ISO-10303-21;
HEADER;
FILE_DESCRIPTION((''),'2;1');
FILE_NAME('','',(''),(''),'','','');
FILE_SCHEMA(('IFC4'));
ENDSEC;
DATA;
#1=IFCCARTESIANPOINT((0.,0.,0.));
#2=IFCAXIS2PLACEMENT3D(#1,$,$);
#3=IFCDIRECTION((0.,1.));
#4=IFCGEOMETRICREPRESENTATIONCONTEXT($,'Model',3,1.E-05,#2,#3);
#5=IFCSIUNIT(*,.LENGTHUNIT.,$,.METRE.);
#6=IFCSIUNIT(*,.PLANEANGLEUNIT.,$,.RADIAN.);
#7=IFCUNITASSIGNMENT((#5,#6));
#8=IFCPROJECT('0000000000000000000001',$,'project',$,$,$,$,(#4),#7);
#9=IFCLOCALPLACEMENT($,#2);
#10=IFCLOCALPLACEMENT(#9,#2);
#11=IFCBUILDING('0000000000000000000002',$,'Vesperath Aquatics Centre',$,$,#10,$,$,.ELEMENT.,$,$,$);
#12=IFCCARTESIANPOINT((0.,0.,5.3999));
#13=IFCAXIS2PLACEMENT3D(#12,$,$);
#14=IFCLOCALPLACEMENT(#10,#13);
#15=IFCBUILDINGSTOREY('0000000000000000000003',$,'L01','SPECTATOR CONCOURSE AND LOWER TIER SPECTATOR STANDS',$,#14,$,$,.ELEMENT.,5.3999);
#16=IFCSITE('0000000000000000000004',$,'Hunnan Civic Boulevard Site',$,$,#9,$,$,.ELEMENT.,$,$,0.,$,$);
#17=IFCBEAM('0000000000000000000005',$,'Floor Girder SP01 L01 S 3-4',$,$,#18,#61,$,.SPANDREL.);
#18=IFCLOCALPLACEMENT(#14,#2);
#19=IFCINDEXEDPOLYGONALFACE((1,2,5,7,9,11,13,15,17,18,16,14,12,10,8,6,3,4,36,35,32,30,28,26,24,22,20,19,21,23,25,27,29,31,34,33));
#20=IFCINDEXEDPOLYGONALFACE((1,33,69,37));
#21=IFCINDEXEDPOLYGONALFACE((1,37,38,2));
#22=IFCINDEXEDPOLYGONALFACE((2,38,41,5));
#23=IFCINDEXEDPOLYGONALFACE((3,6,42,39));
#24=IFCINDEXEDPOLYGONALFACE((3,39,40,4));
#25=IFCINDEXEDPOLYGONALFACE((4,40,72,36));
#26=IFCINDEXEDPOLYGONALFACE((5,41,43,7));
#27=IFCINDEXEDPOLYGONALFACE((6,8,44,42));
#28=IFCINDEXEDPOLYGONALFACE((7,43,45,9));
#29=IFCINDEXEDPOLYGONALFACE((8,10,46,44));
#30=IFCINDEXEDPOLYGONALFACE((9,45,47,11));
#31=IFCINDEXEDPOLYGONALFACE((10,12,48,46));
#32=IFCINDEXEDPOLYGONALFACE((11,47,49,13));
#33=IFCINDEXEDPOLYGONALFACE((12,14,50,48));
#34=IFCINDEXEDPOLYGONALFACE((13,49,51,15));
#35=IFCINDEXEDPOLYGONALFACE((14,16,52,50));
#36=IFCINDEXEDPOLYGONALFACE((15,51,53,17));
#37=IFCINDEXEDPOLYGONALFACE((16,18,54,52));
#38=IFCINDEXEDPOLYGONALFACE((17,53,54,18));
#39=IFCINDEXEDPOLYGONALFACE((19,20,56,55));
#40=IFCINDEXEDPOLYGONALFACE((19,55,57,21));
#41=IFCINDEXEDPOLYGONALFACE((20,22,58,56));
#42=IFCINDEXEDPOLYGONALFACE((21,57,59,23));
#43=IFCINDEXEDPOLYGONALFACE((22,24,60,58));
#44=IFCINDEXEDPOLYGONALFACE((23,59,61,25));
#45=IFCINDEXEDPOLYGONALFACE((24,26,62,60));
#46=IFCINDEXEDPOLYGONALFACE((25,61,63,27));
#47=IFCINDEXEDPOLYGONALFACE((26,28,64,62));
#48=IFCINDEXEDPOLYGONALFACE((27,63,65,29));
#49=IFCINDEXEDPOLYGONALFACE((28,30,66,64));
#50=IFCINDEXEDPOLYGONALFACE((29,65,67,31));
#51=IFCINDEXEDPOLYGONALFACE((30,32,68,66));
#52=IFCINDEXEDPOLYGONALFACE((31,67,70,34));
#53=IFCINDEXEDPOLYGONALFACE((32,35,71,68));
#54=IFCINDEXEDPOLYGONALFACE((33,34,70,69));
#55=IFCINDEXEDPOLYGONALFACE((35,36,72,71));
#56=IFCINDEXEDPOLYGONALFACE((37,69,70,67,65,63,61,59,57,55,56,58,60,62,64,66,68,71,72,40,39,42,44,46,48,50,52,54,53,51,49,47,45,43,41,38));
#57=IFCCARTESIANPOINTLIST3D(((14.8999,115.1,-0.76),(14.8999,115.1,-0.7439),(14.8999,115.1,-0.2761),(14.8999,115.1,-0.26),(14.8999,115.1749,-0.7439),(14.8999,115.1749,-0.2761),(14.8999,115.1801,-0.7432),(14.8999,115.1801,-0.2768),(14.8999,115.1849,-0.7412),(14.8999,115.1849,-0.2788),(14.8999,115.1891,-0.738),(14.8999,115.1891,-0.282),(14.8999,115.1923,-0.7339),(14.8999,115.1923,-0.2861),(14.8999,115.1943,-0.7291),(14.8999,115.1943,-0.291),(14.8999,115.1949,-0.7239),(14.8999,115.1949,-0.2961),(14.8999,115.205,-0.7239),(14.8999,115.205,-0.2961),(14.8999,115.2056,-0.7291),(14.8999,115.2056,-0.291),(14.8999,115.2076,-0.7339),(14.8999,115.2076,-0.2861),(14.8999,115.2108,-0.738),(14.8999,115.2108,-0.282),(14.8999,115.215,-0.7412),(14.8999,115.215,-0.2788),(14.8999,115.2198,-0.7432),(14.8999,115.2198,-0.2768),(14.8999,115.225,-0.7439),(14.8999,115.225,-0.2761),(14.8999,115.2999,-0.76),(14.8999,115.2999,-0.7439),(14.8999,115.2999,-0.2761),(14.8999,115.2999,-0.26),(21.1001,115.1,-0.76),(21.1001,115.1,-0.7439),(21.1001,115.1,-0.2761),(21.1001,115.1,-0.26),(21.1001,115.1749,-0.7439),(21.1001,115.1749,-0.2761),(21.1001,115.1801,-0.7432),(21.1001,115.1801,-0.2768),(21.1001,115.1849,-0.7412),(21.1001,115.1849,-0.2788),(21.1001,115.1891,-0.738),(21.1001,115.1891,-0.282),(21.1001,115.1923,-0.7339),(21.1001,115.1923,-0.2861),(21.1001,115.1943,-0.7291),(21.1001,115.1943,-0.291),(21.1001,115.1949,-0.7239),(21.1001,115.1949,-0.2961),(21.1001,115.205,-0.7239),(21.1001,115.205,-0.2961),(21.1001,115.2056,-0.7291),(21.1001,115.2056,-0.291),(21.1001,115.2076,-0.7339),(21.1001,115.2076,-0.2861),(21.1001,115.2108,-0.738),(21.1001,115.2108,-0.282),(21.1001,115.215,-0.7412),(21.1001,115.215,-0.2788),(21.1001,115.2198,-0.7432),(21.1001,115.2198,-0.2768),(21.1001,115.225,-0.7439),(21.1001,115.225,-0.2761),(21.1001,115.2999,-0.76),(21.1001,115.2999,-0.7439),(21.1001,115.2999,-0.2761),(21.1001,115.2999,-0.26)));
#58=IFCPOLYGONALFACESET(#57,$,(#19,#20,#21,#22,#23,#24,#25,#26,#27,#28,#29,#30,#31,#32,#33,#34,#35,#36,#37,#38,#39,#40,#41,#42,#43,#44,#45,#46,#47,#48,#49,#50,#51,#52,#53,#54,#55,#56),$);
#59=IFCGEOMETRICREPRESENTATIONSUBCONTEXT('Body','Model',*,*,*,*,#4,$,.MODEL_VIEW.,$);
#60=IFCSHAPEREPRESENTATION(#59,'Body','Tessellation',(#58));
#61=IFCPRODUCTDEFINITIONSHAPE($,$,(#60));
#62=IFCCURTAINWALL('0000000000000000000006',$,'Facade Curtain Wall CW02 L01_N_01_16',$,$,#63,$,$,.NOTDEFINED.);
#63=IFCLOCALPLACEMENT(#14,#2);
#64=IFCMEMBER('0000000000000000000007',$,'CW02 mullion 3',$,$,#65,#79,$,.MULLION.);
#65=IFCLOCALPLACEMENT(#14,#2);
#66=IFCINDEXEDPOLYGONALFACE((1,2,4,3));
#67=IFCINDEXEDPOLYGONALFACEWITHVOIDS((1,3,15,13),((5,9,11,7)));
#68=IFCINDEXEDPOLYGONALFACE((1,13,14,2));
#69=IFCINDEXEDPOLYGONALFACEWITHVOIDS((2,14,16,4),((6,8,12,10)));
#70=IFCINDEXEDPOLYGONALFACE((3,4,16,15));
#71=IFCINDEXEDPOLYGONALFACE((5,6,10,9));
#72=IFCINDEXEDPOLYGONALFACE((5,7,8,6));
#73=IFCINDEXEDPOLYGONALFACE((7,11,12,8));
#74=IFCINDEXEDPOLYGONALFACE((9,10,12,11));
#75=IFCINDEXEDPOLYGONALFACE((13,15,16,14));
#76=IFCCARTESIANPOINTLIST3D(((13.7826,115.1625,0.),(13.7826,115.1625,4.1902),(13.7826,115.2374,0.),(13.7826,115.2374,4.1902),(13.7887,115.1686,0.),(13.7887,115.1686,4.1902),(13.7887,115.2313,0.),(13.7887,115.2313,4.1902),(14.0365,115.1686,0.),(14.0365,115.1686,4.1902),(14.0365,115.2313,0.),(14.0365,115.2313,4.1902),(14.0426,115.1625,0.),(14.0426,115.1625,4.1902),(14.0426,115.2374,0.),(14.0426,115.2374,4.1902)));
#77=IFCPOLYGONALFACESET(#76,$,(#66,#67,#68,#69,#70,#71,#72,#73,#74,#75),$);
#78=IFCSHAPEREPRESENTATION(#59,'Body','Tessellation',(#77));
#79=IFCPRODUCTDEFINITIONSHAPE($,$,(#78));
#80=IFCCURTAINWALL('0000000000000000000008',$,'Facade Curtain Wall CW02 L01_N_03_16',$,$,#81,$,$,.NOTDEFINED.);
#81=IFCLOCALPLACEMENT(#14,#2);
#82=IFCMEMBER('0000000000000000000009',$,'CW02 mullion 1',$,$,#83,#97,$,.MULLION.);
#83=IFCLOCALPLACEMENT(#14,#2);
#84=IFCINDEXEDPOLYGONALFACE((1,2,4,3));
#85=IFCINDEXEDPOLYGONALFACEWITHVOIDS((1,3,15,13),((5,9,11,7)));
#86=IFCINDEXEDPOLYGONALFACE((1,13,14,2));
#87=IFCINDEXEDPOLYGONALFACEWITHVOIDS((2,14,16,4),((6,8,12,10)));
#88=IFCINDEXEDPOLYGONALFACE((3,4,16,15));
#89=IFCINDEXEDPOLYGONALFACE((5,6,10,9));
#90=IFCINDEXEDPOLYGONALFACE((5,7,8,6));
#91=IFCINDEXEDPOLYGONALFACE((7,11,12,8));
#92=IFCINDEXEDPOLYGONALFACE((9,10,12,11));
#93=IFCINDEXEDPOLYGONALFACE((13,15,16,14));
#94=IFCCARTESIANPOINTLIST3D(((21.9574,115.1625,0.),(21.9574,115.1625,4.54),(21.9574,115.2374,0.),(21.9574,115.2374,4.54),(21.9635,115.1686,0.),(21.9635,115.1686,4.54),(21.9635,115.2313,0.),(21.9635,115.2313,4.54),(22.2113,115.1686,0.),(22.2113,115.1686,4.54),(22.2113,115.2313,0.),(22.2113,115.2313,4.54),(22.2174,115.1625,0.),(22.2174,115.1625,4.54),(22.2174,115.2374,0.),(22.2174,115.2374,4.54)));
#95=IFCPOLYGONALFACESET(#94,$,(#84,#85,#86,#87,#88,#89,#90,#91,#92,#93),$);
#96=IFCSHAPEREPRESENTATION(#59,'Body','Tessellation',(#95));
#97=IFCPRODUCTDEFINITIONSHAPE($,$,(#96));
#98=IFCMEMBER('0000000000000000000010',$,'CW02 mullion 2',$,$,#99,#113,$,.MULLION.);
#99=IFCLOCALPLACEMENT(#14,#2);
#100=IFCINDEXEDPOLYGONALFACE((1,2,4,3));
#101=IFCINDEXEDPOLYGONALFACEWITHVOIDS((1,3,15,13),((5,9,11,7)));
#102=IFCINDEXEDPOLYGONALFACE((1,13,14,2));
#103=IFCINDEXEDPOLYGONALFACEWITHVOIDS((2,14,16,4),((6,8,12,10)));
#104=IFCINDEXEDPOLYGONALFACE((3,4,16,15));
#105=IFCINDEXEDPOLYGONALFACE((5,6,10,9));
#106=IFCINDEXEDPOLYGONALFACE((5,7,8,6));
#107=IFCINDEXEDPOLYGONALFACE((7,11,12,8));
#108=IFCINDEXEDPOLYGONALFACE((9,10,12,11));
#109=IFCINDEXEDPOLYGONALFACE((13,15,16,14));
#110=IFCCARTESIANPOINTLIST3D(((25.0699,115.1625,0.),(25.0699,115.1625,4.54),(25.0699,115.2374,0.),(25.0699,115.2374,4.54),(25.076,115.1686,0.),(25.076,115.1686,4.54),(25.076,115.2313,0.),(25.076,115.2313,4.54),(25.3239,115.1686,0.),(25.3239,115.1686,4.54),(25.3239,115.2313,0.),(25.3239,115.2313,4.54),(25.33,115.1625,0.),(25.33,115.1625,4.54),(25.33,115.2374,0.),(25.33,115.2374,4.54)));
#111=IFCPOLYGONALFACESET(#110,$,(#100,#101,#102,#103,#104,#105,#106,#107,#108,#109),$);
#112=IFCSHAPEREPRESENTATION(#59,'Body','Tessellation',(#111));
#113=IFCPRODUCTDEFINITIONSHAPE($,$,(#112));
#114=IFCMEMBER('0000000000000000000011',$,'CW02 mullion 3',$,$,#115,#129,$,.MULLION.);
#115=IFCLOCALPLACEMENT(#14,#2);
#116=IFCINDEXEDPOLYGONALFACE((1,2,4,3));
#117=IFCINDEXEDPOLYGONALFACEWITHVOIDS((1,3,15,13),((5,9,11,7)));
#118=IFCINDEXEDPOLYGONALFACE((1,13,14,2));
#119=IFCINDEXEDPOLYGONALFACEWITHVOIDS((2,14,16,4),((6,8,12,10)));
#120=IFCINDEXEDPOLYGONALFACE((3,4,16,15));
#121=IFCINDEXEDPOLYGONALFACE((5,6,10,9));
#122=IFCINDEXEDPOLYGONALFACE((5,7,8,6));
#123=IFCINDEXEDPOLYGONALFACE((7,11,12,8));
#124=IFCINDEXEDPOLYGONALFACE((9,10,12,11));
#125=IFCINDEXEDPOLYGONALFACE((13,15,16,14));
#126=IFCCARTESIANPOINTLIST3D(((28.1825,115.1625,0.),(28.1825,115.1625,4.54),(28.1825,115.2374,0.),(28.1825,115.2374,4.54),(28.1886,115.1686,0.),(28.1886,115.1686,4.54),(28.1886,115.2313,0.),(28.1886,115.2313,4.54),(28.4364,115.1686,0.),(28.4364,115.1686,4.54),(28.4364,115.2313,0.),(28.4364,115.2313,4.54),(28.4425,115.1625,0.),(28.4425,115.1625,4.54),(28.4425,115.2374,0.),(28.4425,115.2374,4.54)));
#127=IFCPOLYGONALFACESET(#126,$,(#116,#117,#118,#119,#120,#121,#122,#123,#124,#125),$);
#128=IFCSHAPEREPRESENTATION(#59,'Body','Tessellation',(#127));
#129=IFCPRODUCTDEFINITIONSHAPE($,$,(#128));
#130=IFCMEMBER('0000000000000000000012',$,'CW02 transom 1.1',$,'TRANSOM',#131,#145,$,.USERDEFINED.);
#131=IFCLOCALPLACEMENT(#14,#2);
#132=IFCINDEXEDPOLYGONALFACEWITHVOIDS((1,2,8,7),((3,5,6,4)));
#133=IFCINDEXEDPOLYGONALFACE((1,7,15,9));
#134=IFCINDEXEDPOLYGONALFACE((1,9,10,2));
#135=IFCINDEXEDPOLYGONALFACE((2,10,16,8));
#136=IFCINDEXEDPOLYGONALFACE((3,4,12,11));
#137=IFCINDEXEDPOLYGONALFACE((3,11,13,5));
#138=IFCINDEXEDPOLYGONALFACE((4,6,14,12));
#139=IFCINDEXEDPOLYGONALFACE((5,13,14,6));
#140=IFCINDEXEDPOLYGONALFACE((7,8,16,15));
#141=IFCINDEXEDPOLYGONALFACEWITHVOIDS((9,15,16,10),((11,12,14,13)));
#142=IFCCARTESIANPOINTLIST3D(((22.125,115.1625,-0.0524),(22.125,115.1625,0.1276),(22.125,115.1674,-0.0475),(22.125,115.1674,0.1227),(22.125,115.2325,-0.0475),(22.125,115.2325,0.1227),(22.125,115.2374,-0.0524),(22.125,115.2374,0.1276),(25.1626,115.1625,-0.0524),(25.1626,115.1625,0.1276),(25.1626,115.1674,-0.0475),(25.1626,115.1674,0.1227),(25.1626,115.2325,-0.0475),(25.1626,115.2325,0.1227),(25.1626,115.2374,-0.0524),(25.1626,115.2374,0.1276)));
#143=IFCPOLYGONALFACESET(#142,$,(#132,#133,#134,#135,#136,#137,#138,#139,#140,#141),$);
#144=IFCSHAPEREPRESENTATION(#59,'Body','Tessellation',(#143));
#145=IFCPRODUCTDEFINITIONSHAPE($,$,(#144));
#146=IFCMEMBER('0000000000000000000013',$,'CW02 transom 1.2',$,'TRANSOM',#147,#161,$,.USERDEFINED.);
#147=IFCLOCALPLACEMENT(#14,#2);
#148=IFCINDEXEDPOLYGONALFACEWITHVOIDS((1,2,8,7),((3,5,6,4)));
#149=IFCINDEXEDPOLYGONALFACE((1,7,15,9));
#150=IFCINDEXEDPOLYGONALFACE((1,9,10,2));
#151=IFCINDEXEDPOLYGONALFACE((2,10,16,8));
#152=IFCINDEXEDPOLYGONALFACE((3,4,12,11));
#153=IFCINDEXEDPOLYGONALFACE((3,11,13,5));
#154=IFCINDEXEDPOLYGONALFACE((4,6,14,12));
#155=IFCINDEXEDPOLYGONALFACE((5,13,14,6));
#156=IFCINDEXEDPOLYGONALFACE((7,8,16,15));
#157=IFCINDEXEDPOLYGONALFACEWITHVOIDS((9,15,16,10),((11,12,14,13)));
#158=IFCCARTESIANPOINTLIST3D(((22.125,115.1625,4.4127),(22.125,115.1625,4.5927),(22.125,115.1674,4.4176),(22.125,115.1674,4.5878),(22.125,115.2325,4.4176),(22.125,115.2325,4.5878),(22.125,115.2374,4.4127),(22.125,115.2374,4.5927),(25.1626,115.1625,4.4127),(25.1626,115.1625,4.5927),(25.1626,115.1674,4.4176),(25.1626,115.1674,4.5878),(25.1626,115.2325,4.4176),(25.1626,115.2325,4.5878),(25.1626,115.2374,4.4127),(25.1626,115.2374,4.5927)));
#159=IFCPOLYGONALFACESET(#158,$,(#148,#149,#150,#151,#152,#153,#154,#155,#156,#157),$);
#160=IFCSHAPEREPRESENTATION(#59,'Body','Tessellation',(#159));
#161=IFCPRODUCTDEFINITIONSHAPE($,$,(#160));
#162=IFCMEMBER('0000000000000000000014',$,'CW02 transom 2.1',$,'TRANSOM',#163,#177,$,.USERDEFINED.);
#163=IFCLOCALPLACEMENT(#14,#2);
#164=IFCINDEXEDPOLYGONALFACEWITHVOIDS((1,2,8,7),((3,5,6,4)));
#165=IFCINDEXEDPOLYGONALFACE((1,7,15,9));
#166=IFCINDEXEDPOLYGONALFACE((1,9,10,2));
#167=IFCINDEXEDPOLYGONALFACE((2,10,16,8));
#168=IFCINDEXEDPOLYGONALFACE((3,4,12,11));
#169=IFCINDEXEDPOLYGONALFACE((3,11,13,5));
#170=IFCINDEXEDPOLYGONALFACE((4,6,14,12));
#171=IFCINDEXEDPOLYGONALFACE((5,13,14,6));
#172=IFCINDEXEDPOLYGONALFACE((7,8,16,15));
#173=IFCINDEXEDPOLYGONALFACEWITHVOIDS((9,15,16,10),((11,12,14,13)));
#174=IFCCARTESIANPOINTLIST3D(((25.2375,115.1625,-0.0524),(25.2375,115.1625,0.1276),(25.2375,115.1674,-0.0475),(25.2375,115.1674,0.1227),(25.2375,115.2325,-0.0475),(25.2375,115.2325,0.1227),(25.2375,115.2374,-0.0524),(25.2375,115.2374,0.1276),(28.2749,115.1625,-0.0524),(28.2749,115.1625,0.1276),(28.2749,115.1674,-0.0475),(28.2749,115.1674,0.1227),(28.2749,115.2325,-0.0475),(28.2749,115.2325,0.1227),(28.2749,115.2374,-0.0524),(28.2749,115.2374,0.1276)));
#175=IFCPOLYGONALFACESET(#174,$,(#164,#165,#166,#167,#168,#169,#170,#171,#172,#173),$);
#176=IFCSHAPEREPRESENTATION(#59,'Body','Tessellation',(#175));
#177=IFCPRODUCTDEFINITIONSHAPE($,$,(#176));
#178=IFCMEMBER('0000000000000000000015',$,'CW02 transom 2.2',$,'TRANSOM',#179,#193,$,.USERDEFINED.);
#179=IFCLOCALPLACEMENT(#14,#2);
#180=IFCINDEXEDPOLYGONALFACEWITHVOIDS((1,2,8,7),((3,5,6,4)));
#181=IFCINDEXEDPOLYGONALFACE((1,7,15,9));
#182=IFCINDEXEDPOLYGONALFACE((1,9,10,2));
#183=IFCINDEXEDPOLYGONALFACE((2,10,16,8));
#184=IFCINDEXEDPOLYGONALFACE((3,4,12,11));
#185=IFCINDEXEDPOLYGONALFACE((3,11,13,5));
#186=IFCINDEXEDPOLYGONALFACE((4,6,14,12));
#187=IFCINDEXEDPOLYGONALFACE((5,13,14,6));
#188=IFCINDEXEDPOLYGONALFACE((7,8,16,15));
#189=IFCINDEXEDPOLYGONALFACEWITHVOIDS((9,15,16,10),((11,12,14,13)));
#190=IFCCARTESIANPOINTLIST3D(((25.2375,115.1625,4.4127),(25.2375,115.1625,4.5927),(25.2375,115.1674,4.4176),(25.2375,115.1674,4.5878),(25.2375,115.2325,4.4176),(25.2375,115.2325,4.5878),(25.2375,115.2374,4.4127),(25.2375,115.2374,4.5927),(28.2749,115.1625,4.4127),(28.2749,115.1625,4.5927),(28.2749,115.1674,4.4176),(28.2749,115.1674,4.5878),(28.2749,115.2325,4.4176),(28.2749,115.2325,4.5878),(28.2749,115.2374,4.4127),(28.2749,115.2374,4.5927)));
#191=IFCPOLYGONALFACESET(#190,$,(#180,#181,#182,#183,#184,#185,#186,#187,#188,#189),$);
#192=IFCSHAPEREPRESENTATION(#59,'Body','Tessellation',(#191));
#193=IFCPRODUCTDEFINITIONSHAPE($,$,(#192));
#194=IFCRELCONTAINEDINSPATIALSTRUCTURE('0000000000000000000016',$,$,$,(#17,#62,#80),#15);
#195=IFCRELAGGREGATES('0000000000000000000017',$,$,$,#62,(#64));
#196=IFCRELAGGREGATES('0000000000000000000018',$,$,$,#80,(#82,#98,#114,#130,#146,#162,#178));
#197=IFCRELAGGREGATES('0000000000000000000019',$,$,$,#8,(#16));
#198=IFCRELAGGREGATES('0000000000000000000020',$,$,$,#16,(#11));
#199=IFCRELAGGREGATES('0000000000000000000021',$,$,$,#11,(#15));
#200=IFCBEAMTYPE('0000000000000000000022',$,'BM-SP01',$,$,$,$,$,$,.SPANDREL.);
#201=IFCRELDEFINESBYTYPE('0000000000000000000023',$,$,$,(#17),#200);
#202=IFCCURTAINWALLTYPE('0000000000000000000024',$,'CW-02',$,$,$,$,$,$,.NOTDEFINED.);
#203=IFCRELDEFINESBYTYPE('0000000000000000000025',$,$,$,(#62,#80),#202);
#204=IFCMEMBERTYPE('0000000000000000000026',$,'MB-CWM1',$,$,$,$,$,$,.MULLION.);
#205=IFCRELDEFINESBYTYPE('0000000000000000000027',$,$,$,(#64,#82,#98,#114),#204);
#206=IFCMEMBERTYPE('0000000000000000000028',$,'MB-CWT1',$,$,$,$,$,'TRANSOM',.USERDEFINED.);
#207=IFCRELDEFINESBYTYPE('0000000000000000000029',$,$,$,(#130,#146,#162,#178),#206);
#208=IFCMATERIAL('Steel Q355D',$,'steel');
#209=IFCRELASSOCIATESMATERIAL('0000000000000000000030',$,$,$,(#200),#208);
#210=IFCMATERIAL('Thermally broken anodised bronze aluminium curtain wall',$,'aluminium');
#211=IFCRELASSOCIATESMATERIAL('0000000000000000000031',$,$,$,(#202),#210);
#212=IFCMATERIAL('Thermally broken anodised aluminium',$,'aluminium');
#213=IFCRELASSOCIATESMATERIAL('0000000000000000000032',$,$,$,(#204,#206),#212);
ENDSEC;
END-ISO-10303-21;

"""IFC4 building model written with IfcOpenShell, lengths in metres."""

from ifc_helpers import new_model, si_unit, direction, frame, origin, origin_2d, place, context, subcontext, project, spatial, hollow_rectangle, i_section, extrude, material, material_profile, profile_set, type_object, element, aggregate, save


model = new_model("IFC4")

# Units and contexts
model_context = context("Model", 3, precision=1e-05, world=origin(), true_north=direction((0.0, 1.0)))
body_context = subcontext(model_context, "Body", "Model", "MODEL_VIEW")
ifc_project = project(units=[si_unit("LENGTHUNIT", "METRE"), si_unit("PLANEANGLEUNIT", "RADIAN")], contexts=[model_context])

# Site, building, storey
site_placement = place(None, origin())
site = spatial("IfcSite", under=ifc_project, at=site_placement, Name="Hunnan Civic Boulevard Site", CompositionType="ELEMENT", RefElevation=0.0)
building_placement = place(site_placement, origin())
building = spatial("IfcBuilding", under=site, at=building_placement, Name="Vesperath Aquatics Centre", CompositionType="ELEMENT")
storey_placement = place(building_placement, frame((0.0, 0.0, 5.3999)))
storey = spatial("IfcBuildingStorey", under=building, at=storey_placement, Name="L01", Description="SPECTATOR CONCOURSE AND LOWER TIER SPECTATOR STANDS", CompositionType="ELEMENT", Elevation=5.3999)

# Beam
ifc_material_1 = material(Name="Steel Q355D", Category="steel")
ifc_material_profile_1 = material_profile(ifc_material_1, i_section(OverallWidth=0.2, OverallDepth=0.5, WebThickness=0.01, FlangeThickness=0.0161, FilletRadius=0.02, at=origin_2d()), Name="HN 500x200x10x16")
ifc_profile_set_1 = profile_set([ifc_material_profile_1], Name="Steel Q355D")
beam_type_1 = type_object("IfcBeamType", Name="BM-SP01", PredefinedType="SPANDREL", material=ifc_profile_set_1)
beam_1_placement = place(storey_placement, frame((14.8999, 115.2, -0.51), z_axis=(1.0, 0.0, 0.0), x_axis=(0.0, 1.0, 0.0)))
element("IfcBeam", 1, at=beam_1_placement, inside=storey, type_object=beam_type_1, Name="Floor Girder SP01 L01 S 3-4", PredefinedType="SPANDREL", context=body_context, shape_type="SweptSolid", body=[
    extrude(i_section(OverallWidth=0.2, OverallDepth=0.5, WebThickness=0.01, FlangeThickness=0.0161, FilletRadius=0.02, at=origin_2d()), origin(), (0.0, 0.0, 1.0), 6.2002),
])

# Curtain wall, member
ifc_material_2 = material(Name="Thermally broken anodised bronze aluminium curtain wall", Category="aluminium")
curtain_wall_type = type_object("IfcCurtainWallType", Name="CW-02", PredefinedType="NOTDEFINED", material=ifc_material_2)
curtain_wall_1_placement = place(storey_placement, origin())
curtain_wall_1 = element("IfcCurtainWall", 2, at=curtain_wall_1_placement, inside=storey, type_object=curtain_wall_type, Name="Facade Curtain Wall CW02 L01_N_01_16", PredefinedType="NOTDEFINED")
ifc_material_3 = material(Name="Thermally broken anodised aluminium", Category="aluminium")
ifc_material_profile_2 = material_profile(ifc_material_3, hollow_rectangle(XDim=0.075, YDim=0.26, WallThickness=0.0061, at=origin_2d()), Name="CWM 75x260x6")
ifc_profile_set_2 = profile_set([ifc_material_profile_2], Name="Thermally broken anodised aluminium")
member_type_1 = type_object("IfcMemberType", Name="MB-CWM1", PredefinedType="MULLION", material=ifc_profile_set_2)
member_1_placement = place(storey_placement, frame((13.9126, 115.2, 0.0), z_axis=(0.0, 0.0, 1.0), x_axis=(0.0, 1.0, 0.0)))
member_1 = element("IfcMember", 3, at=member_1_placement, type_object=member_type_1, Name="CW02 mullion 3", PredefinedType="MULLION", context=body_context, shape_type="SweptSolid", body=[
    extrude(hollow_rectangle(XDim=0.075, YDim=0.26, WallThickness=0.0061, at=origin_2d()), origin(), (0.0, 0.0, 1.0), 4.1902),
])
aggregate(curtain_wall_1, [member_1])

# Curtain wall, members
curtain_wall_2_placement = place(storey_placement, origin())
curtain_wall_2 = element("IfcCurtainWall", 4, at=curtain_wall_2_placement, inside=storey, type_object=curtain_wall_type, Name="Facade Curtain Wall CW02 L01_N_03_16", PredefinedType="NOTDEFINED")
member_2_placement = place(storey_placement, frame((22.0874, 115.2, 0.0), z_axis=(0.0, 0.0, 1.0), x_axis=(0.0, 1.0, 0.0)))
member_2 = element("IfcMember", 5, at=member_2_placement, type_object=member_type_1, Name="CW02 mullion 1", PredefinedType="MULLION", context=body_context, shape_type="SweptSolid", body=[
    extrude(hollow_rectangle(XDim=0.075, YDim=0.26, WallThickness=0.0061, at=origin_2d()), origin(), (0.0, 0.0, 1.0), 4.54),
])
member_3_placement = place(storey_placement, frame((25.2, 115.2, 0.0), z_axis=(0.0, 0.0, 1.0), x_axis=(0.0, 1.0, 0.0)))
member_3 = element("IfcMember", 6, at=member_3_placement, type_object=member_type_1, Name="CW02 mullion 2", PredefinedType="MULLION", context=body_context, shape_type="SweptSolid", body=[
    extrude(hollow_rectangle(XDim=0.075, YDim=0.26, WallThickness=0.0061, at=origin_2d()), origin(), (0.0, 0.0, 1.0), 4.54),
])
member_4_placement = place(storey_placement, frame((28.3125, 115.2, 0.0), z_axis=(0.0, 0.0, 1.0), x_axis=(0.0, 1.0, 0.0)))
member_4 = element("IfcMember", 7, at=member_4_placement, type_object=member_type_1, Name="CW02 mullion 3", PredefinedType="MULLION", context=body_context, shape_type="SweptSolid", body=[
    extrude(hollow_rectangle(XDim=0.075, YDim=0.26, WallThickness=0.0061, at=origin_2d()), origin(), (0.0, 0.0, 1.0), 4.54),
])
ifc_material_profile_3 = material_profile(ifc_material_3, hollow_rectangle(XDim=0.075, YDim=0.1799, WallThickness=0.0049, at=origin_2d()), Name="CWT 75x180x5")
ifc_profile_set_3 = profile_set([ifc_material_profile_3], Name="Thermally broken anodised aluminium")
member_type_2 = type_object("IfcMemberType", Name="MB-CWT1", ElementType="TRANSOM", PredefinedType="USERDEFINED", material=ifc_profile_set_3)
member_5_placement = place(storey_placement, frame((22.125, 115.2, 0.0376), z_axis=(1.0, 0.0, 0.0), x_axis=(0.0, 1.0, 0.0)))
member_5 = element("IfcMember", 8, at=member_5_placement, type_object=member_type_2, Name="CW02 transom 1.1", ObjectType="TRANSOM", PredefinedType="USERDEFINED", context=body_context, shape_type="SweptSolid", body=[
    extrude(hollow_rectangle(XDim=0.075, YDim=0.1799, WallThickness=0.0049, at=origin_2d()), origin(), (0.0, 0.0, 1.0), 3.0376),
])
member_6_placement = place(storey_placement, frame((22.125, 115.2, 4.5027), z_axis=(1.0, 0.0, 0.0), x_axis=(0.0, 1.0, 0.0)))
member_6 = element("IfcMember", 9, at=member_6_placement, type_object=member_type_2, Name="CW02 transom 1.2", ObjectType="TRANSOM", PredefinedType="USERDEFINED", context=body_context, shape_type="SweptSolid", body=[
    extrude(hollow_rectangle(XDim=0.075, YDim=0.1799, WallThickness=0.0049, at=origin_2d()), origin(), (0.0, 0.0, 1.0), 3.0376),
])
member_7_placement = place(storey_placement, frame((25.2375, 115.2, 0.0376), z_axis=(1.0, 0.0, 0.0), x_axis=(0.0, 1.0, 0.0)))
member_7 = element("IfcMember", 10, at=member_7_placement, type_object=member_type_2, Name="CW02 transom 2.1", ObjectType="TRANSOM", PredefinedType="USERDEFINED", context=body_context, shape_type="SweptSolid", body=[
    extrude(hollow_rectangle(XDim=0.075, YDim=0.1799, WallThickness=0.0049, at=origin_2d()), origin(), (0.0, 0.0, 1.0), 3.0374),
])
member_8_placement = place(storey_placement, frame((25.2375, 115.2, 4.5027), z_axis=(1.0, 0.0, 0.0), x_axis=(0.0, 1.0, 0.0)))
member_8 = element("IfcMember", 11, at=member_8_placement, type_object=member_type_2, Name="CW02 transom 2.2", ObjectType="TRANSOM", PredefinedType="USERDEFINED", context=body_context, shape_type="SweptSolid", body=[
    extrude(hollow_rectangle(XDim=0.075, YDim=0.1799, WallThickness=0.0049, at=origin_2d()), origin(), (0.0, 0.0, 1.0), 3.0374),
])
aggregate(curtain_wall_2, [member_2, member_3, member_4, member_5, member_6, member_7, member_8])

save(model, "model.ifc")
